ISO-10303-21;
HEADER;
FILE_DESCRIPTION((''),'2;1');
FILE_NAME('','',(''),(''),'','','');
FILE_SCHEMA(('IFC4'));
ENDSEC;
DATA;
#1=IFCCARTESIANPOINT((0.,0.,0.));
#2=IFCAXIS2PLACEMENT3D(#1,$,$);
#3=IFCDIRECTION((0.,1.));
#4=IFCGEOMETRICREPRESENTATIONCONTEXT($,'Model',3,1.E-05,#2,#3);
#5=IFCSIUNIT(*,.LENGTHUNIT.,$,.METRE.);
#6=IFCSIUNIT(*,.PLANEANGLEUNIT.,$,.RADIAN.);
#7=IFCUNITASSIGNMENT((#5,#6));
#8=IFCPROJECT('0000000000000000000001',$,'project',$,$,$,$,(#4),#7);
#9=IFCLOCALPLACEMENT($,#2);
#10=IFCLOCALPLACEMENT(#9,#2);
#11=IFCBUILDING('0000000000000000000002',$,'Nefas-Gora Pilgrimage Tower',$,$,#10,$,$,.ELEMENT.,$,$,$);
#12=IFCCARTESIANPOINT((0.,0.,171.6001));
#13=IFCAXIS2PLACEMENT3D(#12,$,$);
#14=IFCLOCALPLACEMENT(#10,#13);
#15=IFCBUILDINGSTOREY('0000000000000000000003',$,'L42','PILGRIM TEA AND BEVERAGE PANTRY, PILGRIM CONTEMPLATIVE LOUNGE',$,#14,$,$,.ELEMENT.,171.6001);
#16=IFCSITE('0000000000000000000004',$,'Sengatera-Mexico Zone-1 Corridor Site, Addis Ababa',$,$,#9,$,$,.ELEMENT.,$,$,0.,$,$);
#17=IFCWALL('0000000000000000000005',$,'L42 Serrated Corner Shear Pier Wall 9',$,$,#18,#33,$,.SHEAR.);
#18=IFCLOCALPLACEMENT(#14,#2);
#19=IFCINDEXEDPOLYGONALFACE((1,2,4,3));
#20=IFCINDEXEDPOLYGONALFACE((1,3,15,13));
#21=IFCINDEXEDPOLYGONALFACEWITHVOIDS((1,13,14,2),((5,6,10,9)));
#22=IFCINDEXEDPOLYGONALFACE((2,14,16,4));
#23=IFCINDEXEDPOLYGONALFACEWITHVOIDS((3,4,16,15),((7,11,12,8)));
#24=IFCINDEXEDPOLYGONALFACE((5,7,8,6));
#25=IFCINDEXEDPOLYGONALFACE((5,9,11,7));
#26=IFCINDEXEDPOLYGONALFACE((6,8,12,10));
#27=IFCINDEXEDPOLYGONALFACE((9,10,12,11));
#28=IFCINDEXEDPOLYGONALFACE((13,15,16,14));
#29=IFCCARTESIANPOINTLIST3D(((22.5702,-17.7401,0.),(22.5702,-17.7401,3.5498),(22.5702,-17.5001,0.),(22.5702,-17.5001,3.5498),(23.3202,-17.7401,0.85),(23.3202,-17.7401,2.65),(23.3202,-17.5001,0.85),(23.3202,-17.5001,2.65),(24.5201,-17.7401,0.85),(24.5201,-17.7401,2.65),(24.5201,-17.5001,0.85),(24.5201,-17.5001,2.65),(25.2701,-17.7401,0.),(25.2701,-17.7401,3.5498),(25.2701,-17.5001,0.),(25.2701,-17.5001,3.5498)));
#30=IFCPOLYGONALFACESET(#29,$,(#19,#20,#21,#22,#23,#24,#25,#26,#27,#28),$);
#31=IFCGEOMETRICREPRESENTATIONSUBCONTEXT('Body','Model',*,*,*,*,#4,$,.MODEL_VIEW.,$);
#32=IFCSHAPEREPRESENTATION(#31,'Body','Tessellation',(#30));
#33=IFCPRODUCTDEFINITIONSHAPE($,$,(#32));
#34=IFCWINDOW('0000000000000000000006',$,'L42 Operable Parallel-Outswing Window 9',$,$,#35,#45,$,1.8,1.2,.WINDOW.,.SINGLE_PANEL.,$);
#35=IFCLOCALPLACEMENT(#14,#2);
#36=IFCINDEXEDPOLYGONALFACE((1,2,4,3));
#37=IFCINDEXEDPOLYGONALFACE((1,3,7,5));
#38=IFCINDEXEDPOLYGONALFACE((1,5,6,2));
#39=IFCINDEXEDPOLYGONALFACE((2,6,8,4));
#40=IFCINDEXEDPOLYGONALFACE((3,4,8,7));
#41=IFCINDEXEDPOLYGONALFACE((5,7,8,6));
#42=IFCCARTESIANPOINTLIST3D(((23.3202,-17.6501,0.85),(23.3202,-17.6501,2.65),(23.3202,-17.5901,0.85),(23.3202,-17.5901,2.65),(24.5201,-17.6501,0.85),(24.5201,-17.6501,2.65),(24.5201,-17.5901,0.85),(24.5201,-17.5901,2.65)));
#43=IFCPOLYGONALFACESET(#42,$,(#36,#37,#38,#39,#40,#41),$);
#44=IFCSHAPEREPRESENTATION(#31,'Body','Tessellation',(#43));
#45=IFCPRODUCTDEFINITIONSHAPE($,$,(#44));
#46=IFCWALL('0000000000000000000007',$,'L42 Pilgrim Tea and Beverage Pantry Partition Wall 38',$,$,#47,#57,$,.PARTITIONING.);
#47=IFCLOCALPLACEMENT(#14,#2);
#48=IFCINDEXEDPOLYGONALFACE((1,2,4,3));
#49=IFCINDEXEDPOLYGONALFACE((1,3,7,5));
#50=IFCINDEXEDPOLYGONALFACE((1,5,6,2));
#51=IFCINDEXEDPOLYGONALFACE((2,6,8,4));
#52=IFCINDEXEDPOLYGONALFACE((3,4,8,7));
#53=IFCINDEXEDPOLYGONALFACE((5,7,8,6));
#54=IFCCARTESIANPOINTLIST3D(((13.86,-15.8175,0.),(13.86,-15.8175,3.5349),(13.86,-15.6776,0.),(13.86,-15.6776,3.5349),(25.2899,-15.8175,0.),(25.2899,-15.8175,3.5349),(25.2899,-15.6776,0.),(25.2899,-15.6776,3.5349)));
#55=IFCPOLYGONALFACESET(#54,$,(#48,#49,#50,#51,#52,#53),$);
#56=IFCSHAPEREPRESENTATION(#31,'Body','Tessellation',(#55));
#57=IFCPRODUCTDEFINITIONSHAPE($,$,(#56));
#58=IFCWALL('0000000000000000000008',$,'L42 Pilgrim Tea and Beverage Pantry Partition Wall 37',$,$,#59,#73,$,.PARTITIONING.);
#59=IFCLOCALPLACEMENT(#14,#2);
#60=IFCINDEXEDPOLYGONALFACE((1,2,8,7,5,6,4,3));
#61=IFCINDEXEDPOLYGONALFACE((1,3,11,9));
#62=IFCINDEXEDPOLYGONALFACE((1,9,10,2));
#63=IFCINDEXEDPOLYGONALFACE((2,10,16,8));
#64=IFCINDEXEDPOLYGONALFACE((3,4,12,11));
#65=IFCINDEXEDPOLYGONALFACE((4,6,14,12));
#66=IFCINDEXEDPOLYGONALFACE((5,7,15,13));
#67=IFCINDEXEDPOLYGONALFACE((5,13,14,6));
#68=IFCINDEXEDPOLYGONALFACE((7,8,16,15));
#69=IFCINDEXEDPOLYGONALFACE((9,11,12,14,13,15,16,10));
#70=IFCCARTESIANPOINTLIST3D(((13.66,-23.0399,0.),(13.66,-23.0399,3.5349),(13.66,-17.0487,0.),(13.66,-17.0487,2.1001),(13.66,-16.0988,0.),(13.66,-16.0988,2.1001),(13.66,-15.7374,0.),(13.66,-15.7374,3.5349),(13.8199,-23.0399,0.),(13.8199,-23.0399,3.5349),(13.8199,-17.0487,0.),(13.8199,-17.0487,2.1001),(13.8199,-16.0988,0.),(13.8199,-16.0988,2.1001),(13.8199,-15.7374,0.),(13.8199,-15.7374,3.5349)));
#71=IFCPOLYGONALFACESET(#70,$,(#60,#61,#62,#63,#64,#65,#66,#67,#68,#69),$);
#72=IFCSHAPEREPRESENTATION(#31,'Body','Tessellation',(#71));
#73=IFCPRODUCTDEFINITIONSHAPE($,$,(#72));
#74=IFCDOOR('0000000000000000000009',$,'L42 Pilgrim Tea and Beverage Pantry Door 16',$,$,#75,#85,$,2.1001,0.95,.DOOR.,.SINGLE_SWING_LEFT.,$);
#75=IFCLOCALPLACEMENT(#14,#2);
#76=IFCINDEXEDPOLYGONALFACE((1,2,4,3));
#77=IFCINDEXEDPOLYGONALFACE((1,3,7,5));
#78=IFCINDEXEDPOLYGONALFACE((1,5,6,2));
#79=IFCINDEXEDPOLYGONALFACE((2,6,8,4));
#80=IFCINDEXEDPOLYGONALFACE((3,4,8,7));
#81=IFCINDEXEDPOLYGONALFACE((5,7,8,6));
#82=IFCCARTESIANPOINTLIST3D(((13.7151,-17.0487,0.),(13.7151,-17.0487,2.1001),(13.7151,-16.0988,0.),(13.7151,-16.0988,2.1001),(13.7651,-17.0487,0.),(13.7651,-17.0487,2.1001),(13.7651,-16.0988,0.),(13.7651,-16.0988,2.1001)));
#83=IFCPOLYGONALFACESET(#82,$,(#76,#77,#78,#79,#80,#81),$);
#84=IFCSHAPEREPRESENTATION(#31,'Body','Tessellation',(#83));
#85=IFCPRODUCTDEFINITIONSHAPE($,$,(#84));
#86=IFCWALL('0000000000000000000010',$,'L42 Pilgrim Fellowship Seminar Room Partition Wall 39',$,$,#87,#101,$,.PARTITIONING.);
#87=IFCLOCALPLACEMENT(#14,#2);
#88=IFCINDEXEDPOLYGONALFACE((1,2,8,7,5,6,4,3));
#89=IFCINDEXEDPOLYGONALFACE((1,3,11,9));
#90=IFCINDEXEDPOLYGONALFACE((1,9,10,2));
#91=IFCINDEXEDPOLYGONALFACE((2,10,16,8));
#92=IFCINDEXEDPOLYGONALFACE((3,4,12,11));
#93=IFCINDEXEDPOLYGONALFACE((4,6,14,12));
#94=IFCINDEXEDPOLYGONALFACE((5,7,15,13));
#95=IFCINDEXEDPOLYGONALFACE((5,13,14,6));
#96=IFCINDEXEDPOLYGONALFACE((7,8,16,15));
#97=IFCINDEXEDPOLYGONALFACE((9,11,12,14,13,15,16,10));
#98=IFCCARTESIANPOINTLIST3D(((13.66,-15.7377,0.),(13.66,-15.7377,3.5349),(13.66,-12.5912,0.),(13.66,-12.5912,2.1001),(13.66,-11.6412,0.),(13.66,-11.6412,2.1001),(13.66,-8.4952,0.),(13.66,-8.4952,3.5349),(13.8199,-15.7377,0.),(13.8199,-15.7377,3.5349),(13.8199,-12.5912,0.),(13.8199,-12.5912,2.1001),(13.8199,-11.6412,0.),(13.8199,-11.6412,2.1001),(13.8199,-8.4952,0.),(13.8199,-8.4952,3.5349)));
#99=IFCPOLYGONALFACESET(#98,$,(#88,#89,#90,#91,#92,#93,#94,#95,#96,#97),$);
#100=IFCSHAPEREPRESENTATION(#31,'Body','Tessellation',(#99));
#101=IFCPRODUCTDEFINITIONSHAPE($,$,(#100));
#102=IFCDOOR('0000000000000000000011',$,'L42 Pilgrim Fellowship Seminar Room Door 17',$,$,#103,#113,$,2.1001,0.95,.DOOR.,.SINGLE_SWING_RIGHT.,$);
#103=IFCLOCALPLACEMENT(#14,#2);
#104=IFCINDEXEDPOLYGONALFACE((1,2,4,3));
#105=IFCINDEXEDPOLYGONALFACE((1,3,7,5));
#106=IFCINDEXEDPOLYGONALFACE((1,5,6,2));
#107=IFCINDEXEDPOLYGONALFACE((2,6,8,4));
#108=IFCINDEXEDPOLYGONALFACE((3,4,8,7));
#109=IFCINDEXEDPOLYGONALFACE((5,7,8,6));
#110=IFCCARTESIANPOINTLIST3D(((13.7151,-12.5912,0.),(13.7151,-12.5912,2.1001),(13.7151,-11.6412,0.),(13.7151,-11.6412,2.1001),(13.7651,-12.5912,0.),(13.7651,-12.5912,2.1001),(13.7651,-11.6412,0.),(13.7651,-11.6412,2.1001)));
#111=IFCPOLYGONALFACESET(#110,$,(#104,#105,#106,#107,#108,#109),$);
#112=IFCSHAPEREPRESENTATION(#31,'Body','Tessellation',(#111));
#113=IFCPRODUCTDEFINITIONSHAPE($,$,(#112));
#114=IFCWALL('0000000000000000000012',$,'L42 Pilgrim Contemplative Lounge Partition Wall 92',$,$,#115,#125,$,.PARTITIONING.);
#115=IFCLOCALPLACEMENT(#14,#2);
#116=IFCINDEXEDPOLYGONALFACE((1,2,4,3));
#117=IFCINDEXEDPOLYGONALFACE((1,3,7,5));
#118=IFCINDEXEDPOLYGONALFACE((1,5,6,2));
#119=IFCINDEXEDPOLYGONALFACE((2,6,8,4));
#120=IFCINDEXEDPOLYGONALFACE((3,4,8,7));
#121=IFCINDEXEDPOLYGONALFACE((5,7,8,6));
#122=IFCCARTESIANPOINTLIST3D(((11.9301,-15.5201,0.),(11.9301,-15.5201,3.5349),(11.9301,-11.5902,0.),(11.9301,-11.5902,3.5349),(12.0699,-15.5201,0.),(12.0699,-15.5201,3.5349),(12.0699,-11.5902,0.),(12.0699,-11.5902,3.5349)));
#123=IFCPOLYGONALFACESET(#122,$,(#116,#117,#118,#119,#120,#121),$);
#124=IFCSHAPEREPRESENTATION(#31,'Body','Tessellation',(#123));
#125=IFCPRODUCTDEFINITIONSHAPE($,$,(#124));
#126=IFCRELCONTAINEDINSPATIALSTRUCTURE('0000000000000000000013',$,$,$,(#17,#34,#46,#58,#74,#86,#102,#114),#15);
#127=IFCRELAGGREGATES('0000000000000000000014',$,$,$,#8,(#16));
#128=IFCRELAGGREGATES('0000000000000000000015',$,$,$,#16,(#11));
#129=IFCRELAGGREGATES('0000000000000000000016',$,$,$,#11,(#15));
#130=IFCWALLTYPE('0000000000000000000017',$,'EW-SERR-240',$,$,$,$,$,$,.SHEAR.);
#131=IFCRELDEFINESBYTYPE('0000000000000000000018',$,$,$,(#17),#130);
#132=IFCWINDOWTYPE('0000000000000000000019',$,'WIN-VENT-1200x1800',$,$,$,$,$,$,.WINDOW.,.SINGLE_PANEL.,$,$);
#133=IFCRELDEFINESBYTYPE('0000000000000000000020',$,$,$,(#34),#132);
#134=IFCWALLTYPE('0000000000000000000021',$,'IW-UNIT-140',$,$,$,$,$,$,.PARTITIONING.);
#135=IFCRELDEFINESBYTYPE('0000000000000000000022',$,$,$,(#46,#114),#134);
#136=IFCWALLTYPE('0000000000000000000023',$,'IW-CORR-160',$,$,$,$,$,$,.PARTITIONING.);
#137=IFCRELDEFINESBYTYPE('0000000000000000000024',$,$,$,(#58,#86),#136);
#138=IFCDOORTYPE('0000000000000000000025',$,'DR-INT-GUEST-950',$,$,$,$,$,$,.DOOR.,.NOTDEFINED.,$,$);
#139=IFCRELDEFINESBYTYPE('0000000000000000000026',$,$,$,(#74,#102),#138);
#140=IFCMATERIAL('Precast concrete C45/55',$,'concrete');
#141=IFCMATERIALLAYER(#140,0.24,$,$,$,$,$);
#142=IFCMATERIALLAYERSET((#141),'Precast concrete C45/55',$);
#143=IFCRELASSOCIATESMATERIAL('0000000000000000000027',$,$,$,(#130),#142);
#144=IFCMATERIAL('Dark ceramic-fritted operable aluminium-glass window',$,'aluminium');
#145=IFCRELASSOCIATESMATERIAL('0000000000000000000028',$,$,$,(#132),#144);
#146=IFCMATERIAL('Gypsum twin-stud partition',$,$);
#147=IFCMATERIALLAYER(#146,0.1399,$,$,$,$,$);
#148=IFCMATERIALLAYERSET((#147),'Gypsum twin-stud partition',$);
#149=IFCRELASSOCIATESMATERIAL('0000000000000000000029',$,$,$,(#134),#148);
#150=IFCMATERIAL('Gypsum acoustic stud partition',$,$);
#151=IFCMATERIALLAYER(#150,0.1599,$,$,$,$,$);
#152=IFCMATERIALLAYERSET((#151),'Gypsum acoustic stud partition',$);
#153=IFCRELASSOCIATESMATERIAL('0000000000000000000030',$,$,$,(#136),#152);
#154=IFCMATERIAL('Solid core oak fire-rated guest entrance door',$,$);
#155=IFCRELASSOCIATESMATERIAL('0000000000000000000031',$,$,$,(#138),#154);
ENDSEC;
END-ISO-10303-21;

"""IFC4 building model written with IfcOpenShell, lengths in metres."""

from ifc_helpers import new_model, si_unit, direction, frame, frame_2d, origin, place, context, subcontext, project, spatial, rectangle, extrude, source, transform, mapped, material, layer, layer_set, type_object, element, fill, save


model = new_model("IFC4")

# Units and contexts
model_context = context("Model", 3, precision=1e-05, world=origin(), true_north=direction((0.0, 1.0)))
body_context = subcontext(model_context, "Body", "Model", "MODEL_VIEW")
ifc_project = project(units=[si_unit("LENGTHUNIT", "METRE"), si_unit("PLANEANGLEUNIT", "RADIAN")], contexts=[model_context])

# Site, building, storey
site_placement = place(None, origin())
site = spatial("IfcSite", under=ifc_project, at=site_placement, Name="Sengatera-Mexico Zone-1 Corridor Site, Addis Ababa", CompositionType="ELEMENT", RefElevation=0.0)
building_placement = place(site_placement, origin())
building = spatial("IfcBuilding", under=site, at=building_placement, Name="Nefas-Gora Pilgrimage Tower", CompositionType="ELEMENT")
storey_placement = place(building_placement, frame((0.0, 0.0, 171.6001)))
storey = spatial("IfcBuildingStorey", under=building, at=storey_placement, Name="L42", Description="PILGRIM TEA AND BEVERAGE PANTRY, PILGRIM CONTEMPLATIVE LOUNGE", CompositionType="ELEMENT", Elevation=171.6001)

# Shared definitions
ifc_material_1 = material(Name="Precast concrete C45/55", Category="concrete")
ifc_layer_1 = layer(ifc_material_1, 0.24)
ifc_layer_set_1 = layer_set([ifc_layer_1], Name="Precast concrete C45/55")
wall_type_1 = type_object("IfcWallType", Name="EW-SERR-240", PredefinedType="SHEAR", material=ifc_layer_set_1)
shared_shape_1 = source(origin(), body_context, "Body", "SweptSolid", [
    extrude(rectangle(XDim=2.7, YDim=0.24, at=frame_2d((1.3501, 0.0))), origin(), (0.0, 0.0, 1.0), 3.5498),
])

# Wall, opening, window
wall_1_placement = place(storey_placement, frame((22.5701, -17.6201, 0.0), z_axis=(0.0, 0.0, 1.0), x_axis=(1.0, 0.0, 0.0)))
wall_1 = element("IfcWall", 1, at=wall_1_placement, inside=storey, type_object=wall_type_1, Name="L42 Serrated Corner Shear Pier Wall 9", PredefinedType="SHEAR", context=body_context, shape_type="MappedRepresentation", body=[
    mapped(shared_shape_1, transform((0.0, 0.0, 0.0), x_axis=(1.0, 0.0, 0.0), y_axis=(0.0, 1.0, 0.0), z_axis=(0.0, 0.0, 1.0), scale=1.0)),
])
opening_1_placement = place(wall_1_placement, frame((0.75, 0.0, 0.8501)))
opening_1 = element("IfcOpeningElement", 2, at=opening_1_placement, cuts=wall_1, PredefinedType="OPENING", context=body_context, shape_type="SweptSolid", body=[
    extrude(rectangle(XDim=1.2, YDim=1.8, at=frame_2d((0.6001, 0.8999))), frame((0.0, 0.1299, 0.0), z_axis=(0.0, -1.0, 0.0), x_axis=(1.0, 0.0, 0.0)), (0.0, 0.0, 1.0), 0.26),
])
ifc_material_2 = material(Name="Dark ceramic-fritted operable aluminium-glass window", Category="aluminium")
window_type = type_object("IfcWindowType", Name="WIN-VENT-1200x1800", PartitioningType="SINGLE_PANEL", PredefinedType="WINDOW", material=ifc_material_2)
shared_shape_2 = source(origin(), body_context, "Body", "SweptSolid", [
    extrude(rectangle(XDim=1.2, YDim=1.8, at=frame_2d((0.6001, 0.8999))), frame((0.0, 0.03, 0.0), z_axis=(0.0, -1.0, 0.0), x_axis=(1.0, 0.0, 0.0)), (0.0, 0.0, 1.0), 0.0601),
])
window_placement = place(opening_1_placement, origin())
window = element("IfcWindow", 3, at=window_placement, inside=storey, type_object=window_type, Name="L42 Operable Parallel-Outswing Window 9", OverallHeight=1.8, OverallWidth=1.2, PartitioningType="SINGLE_PANEL", PredefinedType="WINDOW", context=body_context, shape_type="MappedRepresentation", body=[
    mapped(shared_shape_2, transform((0.0, 0.0, 0.0), x_axis=(1.0, 0.0, 0.0), y_axis=(0.0, 1.0, 0.0), z_axis=(0.0, 0.0, 1.0), scale=1.0)),
])
fill(opening_1, window)

# Wall
ifc_material_3 = material(Name="Gypsum twin-stud partition")
ifc_layer_2 = layer(ifc_material_3, 0.1399)
ifc_layer_set_2 = layer_set([ifc_layer_2], Name="Gypsum twin-stud partition")
wall_type_2 = type_object("IfcWallType", Name="IW-UNIT-140", PredefinedType="PARTITIONING", material=ifc_layer_set_2)
shared_shape_3 = source(origin(), body_context, "Body", "SweptSolid", [
    extrude(rectangle(XDim=11.4299, YDim=0.1399, at=frame_2d((5.7148, 0.0))), origin(), (0.0, 0.0, 1.0), 3.5349),
])
wall_2_placement = place(storey_placement, frame((13.8601, -15.7476, 0.0), z_axis=(0.0, 0.0, 1.0), x_axis=(1.0, 0.0, 0.0)))
element("IfcWall", 4, at=wall_2_placement, inside=storey, type_object=wall_type_2, Name="L42 Pilgrim Tea and Beverage Pantry Partition Wall 38", PredefinedType="PARTITIONING", context=body_context, shape_type="MappedRepresentation", body=[
    mapped(shared_shape_3, transform((0.0, 0.0, 0.0), x_axis=(1.0, 0.0, 0.0), y_axis=(0.0, 1.0, 0.0), z_axis=(0.0, 0.0, 1.0), scale=1.0)),
])

# Walls, openings, doors
ifc_material_4 = material(Name="Gypsum acoustic stud partition")
ifc_layer_3 = layer(ifc_material_4, 0.1599)
ifc_layer_set_3 = layer_set([ifc_layer_3], Name="Gypsum acoustic stud partition")
wall_type_3 = type_object("IfcWallType", Name="IW-CORR-160", PredefinedType="PARTITIONING", material=ifc_layer_set_3)
shared_shape_4 = source(origin(), body_context, "Body", "SweptSolid", [
    extrude(rectangle(XDim=7.3025, YDim=0.1599, at=frame_2d((3.6514, 0.0))), origin(), (0.0, 0.0, 1.0), 3.5349),
])
wall_3_placement = place(storey_placement, frame((13.74, -23.04, 0.0), z_axis=(0.0, 0.0, 1.0), x_axis=(0.0, 1.0, 0.0)))
wall_3 = element("IfcWall", 5, at=wall_3_placement, inside=storey, type_object=wall_type_3, Name="L42 Pilgrim Tea and Beverage Pantry Partition Wall 37", PredefinedType="PARTITIONING", context=body_context, shape_type="MappedRepresentation", body=[
    mapped(shared_shape_4, transform((0.0, 0.0, 0.0), x_axis=(1.0, 0.0, 0.0), y_axis=(0.0, 1.0, 0.0), z_axis=(0.0, 0.0, 1.0), scale=1.0)),
])
opening_2_placement = place(wall_3_placement, frame((5.9912, 0.0, 0.0)))
opening_2 = element("IfcOpeningElement", 6, at=opening_2_placement, cuts=wall_3, PredefinedType="OPENING", context=body_context, shape_type="SweptSolid", body=[
    extrude(rectangle(XDim=0.95, YDim=2.1001, at=frame_2d((0.4751, 1.05))), frame((0.0, 0.0898, 0.0), z_axis=(0.0, -1.0, 0.0), x_axis=(1.0, 0.0, 0.0)), (0.0, 0.0, 1.0), 0.1799),
])
ifc_material_5 = material(Name="Solid core oak fire-rated guest entrance door")
door_type = type_object("IfcDoorType", Name="DR-INT-GUEST-950", OperationType="NOTDEFINED", PredefinedType="DOOR", material=ifc_material_5)
shared_shape_5 = source(origin(), body_context, "Body", "SweptSolid", [
    extrude(rectangle(XDim=0.95, YDim=2.1001, at=frame_2d((0.4751, 1.05))), frame((0.0, 0.0249, 0.0), z_axis=(0.0, -1.0, 0.0), x_axis=(1.0, 0.0, 0.0)), (0.0, 0.0, 1.0), 0.05),
])
door_1_placement = place(opening_2_placement, origin())
door_1 = element("IfcDoor", 7, at=door_1_placement, inside=storey, type_object=door_type, Name="L42 Pilgrim Tea and Beverage Pantry Door 16", OperationType="SINGLE_SWING_LEFT", OverallHeight=2.1001, OverallWidth=0.95, PredefinedType="DOOR", context=body_context, shape_type="MappedRepresentation", body=[
    mapped(shared_shape_5, transform((0.0, 0.0, 0.0), x_axis=(1.0, 0.0, 0.0), y_axis=(0.0, 1.0, 0.0), z_axis=(0.0, 0.0, 1.0), scale=1.0)),
])
fill(opening_2, door_1)
shared_shape_6 = source(origin(), body_context, "Body", "SweptSolid", [
    extrude(rectangle(XDim=7.2424, YDim=0.1599, at=frame_2d((3.6211, 0.0))), origin(), (0.0, 0.0, 1.0), 3.5349),
])
wall_4_placement = place(storey_placement, frame((13.74, -15.7375, 0.0), z_axis=(0.0, 0.0, 1.0), x_axis=(0.0, 1.0, 0.0)))
wall_4 = element("IfcWall", 8, at=wall_4_placement, inside=storey, type_object=wall_type_3, Name="L42 Pilgrim Fellowship Seminar Room Partition Wall 39", PredefinedType="PARTITIONING", context=body_context, shape_type="MappedRepresentation", body=[
    mapped(shared_shape_6, transform((0.0, 0.0, 0.0), x_axis=(1.0, 0.0, 0.0), y_axis=(0.0, 1.0, 0.0), z_axis=(0.0, 0.0, 1.0), scale=1.0)),
])
opening_3_placement = place(wall_4_placement, frame((3.1462, 0.0, 0.0)))
opening_3 = element("IfcOpeningElement", 9, at=opening_3_placement, cuts=wall_4, PredefinedType="OPENING", context=body_context, shape_type="SweptSolid", body=[
    extrude(rectangle(XDim=0.95, YDim=2.1001, at=frame_2d((0.4751, 1.05))), frame((0.0, 0.0898, 0.0), z_axis=(0.0, -1.0, 0.0), x_axis=(1.0, 0.0, 0.0)), (0.0, 0.0, 1.0), 0.1799),
])
door_2_placement = place(opening_3_placement, origin())
door_2 = element("IfcDoor", 10, at=door_2_placement, inside=storey, type_object=door_type, Name="L42 Pilgrim Fellowship Seminar Room Door 17", OperationType="SINGLE_SWING_RIGHT", OverallHeight=2.1001, OverallWidth=0.95, PredefinedType="DOOR", context=body_context, shape_type="MappedRepresentation", body=[
    mapped(shared_shape_5, transform((0.0, 0.0, 0.0), x_axis=(1.0, 0.0, 0.0), y_axis=(0.0, 1.0, 0.0), z_axis=(0.0, 0.0, 1.0), scale=1.0)),
])
fill(opening_3, door_2)

# Wall
shared_shape_7 = source(origin(), body_context, "Body", "SweptSolid", [
    extrude(rectangle(XDim=3.9299, YDim=0.1399, at=frame_2d((1.9648, 0.0))), origin(), (0.0, 0.0, 1.0), 3.5349),
])
wall_5_placement = place(storey_placement, frame((12.0, -15.52, 0.0), z_axis=(0.0, 0.0, 1.0), x_axis=(0.0, 1.0, 0.0)))
element("IfcWall", 11, at=wall_5_placement, inside=storey, type_object=wall_type_2, Name="L42 Pilgrim Contemplative Lounge Partition Wall 92", PredefinedType="PARTITIONING", context=body_context, shape_type="MappedRepresentation", body=[
    mapped(shared_shape_7, transform((0.0, 0.0, 0.0), x_axis=(1.0, 0.0, 0.0), y_axis=(0.0, 1.0, 0.0), z_axis=(0.0, 0.0, 1.0), scale=1.0)),
])

save(model, "model.ifc")
